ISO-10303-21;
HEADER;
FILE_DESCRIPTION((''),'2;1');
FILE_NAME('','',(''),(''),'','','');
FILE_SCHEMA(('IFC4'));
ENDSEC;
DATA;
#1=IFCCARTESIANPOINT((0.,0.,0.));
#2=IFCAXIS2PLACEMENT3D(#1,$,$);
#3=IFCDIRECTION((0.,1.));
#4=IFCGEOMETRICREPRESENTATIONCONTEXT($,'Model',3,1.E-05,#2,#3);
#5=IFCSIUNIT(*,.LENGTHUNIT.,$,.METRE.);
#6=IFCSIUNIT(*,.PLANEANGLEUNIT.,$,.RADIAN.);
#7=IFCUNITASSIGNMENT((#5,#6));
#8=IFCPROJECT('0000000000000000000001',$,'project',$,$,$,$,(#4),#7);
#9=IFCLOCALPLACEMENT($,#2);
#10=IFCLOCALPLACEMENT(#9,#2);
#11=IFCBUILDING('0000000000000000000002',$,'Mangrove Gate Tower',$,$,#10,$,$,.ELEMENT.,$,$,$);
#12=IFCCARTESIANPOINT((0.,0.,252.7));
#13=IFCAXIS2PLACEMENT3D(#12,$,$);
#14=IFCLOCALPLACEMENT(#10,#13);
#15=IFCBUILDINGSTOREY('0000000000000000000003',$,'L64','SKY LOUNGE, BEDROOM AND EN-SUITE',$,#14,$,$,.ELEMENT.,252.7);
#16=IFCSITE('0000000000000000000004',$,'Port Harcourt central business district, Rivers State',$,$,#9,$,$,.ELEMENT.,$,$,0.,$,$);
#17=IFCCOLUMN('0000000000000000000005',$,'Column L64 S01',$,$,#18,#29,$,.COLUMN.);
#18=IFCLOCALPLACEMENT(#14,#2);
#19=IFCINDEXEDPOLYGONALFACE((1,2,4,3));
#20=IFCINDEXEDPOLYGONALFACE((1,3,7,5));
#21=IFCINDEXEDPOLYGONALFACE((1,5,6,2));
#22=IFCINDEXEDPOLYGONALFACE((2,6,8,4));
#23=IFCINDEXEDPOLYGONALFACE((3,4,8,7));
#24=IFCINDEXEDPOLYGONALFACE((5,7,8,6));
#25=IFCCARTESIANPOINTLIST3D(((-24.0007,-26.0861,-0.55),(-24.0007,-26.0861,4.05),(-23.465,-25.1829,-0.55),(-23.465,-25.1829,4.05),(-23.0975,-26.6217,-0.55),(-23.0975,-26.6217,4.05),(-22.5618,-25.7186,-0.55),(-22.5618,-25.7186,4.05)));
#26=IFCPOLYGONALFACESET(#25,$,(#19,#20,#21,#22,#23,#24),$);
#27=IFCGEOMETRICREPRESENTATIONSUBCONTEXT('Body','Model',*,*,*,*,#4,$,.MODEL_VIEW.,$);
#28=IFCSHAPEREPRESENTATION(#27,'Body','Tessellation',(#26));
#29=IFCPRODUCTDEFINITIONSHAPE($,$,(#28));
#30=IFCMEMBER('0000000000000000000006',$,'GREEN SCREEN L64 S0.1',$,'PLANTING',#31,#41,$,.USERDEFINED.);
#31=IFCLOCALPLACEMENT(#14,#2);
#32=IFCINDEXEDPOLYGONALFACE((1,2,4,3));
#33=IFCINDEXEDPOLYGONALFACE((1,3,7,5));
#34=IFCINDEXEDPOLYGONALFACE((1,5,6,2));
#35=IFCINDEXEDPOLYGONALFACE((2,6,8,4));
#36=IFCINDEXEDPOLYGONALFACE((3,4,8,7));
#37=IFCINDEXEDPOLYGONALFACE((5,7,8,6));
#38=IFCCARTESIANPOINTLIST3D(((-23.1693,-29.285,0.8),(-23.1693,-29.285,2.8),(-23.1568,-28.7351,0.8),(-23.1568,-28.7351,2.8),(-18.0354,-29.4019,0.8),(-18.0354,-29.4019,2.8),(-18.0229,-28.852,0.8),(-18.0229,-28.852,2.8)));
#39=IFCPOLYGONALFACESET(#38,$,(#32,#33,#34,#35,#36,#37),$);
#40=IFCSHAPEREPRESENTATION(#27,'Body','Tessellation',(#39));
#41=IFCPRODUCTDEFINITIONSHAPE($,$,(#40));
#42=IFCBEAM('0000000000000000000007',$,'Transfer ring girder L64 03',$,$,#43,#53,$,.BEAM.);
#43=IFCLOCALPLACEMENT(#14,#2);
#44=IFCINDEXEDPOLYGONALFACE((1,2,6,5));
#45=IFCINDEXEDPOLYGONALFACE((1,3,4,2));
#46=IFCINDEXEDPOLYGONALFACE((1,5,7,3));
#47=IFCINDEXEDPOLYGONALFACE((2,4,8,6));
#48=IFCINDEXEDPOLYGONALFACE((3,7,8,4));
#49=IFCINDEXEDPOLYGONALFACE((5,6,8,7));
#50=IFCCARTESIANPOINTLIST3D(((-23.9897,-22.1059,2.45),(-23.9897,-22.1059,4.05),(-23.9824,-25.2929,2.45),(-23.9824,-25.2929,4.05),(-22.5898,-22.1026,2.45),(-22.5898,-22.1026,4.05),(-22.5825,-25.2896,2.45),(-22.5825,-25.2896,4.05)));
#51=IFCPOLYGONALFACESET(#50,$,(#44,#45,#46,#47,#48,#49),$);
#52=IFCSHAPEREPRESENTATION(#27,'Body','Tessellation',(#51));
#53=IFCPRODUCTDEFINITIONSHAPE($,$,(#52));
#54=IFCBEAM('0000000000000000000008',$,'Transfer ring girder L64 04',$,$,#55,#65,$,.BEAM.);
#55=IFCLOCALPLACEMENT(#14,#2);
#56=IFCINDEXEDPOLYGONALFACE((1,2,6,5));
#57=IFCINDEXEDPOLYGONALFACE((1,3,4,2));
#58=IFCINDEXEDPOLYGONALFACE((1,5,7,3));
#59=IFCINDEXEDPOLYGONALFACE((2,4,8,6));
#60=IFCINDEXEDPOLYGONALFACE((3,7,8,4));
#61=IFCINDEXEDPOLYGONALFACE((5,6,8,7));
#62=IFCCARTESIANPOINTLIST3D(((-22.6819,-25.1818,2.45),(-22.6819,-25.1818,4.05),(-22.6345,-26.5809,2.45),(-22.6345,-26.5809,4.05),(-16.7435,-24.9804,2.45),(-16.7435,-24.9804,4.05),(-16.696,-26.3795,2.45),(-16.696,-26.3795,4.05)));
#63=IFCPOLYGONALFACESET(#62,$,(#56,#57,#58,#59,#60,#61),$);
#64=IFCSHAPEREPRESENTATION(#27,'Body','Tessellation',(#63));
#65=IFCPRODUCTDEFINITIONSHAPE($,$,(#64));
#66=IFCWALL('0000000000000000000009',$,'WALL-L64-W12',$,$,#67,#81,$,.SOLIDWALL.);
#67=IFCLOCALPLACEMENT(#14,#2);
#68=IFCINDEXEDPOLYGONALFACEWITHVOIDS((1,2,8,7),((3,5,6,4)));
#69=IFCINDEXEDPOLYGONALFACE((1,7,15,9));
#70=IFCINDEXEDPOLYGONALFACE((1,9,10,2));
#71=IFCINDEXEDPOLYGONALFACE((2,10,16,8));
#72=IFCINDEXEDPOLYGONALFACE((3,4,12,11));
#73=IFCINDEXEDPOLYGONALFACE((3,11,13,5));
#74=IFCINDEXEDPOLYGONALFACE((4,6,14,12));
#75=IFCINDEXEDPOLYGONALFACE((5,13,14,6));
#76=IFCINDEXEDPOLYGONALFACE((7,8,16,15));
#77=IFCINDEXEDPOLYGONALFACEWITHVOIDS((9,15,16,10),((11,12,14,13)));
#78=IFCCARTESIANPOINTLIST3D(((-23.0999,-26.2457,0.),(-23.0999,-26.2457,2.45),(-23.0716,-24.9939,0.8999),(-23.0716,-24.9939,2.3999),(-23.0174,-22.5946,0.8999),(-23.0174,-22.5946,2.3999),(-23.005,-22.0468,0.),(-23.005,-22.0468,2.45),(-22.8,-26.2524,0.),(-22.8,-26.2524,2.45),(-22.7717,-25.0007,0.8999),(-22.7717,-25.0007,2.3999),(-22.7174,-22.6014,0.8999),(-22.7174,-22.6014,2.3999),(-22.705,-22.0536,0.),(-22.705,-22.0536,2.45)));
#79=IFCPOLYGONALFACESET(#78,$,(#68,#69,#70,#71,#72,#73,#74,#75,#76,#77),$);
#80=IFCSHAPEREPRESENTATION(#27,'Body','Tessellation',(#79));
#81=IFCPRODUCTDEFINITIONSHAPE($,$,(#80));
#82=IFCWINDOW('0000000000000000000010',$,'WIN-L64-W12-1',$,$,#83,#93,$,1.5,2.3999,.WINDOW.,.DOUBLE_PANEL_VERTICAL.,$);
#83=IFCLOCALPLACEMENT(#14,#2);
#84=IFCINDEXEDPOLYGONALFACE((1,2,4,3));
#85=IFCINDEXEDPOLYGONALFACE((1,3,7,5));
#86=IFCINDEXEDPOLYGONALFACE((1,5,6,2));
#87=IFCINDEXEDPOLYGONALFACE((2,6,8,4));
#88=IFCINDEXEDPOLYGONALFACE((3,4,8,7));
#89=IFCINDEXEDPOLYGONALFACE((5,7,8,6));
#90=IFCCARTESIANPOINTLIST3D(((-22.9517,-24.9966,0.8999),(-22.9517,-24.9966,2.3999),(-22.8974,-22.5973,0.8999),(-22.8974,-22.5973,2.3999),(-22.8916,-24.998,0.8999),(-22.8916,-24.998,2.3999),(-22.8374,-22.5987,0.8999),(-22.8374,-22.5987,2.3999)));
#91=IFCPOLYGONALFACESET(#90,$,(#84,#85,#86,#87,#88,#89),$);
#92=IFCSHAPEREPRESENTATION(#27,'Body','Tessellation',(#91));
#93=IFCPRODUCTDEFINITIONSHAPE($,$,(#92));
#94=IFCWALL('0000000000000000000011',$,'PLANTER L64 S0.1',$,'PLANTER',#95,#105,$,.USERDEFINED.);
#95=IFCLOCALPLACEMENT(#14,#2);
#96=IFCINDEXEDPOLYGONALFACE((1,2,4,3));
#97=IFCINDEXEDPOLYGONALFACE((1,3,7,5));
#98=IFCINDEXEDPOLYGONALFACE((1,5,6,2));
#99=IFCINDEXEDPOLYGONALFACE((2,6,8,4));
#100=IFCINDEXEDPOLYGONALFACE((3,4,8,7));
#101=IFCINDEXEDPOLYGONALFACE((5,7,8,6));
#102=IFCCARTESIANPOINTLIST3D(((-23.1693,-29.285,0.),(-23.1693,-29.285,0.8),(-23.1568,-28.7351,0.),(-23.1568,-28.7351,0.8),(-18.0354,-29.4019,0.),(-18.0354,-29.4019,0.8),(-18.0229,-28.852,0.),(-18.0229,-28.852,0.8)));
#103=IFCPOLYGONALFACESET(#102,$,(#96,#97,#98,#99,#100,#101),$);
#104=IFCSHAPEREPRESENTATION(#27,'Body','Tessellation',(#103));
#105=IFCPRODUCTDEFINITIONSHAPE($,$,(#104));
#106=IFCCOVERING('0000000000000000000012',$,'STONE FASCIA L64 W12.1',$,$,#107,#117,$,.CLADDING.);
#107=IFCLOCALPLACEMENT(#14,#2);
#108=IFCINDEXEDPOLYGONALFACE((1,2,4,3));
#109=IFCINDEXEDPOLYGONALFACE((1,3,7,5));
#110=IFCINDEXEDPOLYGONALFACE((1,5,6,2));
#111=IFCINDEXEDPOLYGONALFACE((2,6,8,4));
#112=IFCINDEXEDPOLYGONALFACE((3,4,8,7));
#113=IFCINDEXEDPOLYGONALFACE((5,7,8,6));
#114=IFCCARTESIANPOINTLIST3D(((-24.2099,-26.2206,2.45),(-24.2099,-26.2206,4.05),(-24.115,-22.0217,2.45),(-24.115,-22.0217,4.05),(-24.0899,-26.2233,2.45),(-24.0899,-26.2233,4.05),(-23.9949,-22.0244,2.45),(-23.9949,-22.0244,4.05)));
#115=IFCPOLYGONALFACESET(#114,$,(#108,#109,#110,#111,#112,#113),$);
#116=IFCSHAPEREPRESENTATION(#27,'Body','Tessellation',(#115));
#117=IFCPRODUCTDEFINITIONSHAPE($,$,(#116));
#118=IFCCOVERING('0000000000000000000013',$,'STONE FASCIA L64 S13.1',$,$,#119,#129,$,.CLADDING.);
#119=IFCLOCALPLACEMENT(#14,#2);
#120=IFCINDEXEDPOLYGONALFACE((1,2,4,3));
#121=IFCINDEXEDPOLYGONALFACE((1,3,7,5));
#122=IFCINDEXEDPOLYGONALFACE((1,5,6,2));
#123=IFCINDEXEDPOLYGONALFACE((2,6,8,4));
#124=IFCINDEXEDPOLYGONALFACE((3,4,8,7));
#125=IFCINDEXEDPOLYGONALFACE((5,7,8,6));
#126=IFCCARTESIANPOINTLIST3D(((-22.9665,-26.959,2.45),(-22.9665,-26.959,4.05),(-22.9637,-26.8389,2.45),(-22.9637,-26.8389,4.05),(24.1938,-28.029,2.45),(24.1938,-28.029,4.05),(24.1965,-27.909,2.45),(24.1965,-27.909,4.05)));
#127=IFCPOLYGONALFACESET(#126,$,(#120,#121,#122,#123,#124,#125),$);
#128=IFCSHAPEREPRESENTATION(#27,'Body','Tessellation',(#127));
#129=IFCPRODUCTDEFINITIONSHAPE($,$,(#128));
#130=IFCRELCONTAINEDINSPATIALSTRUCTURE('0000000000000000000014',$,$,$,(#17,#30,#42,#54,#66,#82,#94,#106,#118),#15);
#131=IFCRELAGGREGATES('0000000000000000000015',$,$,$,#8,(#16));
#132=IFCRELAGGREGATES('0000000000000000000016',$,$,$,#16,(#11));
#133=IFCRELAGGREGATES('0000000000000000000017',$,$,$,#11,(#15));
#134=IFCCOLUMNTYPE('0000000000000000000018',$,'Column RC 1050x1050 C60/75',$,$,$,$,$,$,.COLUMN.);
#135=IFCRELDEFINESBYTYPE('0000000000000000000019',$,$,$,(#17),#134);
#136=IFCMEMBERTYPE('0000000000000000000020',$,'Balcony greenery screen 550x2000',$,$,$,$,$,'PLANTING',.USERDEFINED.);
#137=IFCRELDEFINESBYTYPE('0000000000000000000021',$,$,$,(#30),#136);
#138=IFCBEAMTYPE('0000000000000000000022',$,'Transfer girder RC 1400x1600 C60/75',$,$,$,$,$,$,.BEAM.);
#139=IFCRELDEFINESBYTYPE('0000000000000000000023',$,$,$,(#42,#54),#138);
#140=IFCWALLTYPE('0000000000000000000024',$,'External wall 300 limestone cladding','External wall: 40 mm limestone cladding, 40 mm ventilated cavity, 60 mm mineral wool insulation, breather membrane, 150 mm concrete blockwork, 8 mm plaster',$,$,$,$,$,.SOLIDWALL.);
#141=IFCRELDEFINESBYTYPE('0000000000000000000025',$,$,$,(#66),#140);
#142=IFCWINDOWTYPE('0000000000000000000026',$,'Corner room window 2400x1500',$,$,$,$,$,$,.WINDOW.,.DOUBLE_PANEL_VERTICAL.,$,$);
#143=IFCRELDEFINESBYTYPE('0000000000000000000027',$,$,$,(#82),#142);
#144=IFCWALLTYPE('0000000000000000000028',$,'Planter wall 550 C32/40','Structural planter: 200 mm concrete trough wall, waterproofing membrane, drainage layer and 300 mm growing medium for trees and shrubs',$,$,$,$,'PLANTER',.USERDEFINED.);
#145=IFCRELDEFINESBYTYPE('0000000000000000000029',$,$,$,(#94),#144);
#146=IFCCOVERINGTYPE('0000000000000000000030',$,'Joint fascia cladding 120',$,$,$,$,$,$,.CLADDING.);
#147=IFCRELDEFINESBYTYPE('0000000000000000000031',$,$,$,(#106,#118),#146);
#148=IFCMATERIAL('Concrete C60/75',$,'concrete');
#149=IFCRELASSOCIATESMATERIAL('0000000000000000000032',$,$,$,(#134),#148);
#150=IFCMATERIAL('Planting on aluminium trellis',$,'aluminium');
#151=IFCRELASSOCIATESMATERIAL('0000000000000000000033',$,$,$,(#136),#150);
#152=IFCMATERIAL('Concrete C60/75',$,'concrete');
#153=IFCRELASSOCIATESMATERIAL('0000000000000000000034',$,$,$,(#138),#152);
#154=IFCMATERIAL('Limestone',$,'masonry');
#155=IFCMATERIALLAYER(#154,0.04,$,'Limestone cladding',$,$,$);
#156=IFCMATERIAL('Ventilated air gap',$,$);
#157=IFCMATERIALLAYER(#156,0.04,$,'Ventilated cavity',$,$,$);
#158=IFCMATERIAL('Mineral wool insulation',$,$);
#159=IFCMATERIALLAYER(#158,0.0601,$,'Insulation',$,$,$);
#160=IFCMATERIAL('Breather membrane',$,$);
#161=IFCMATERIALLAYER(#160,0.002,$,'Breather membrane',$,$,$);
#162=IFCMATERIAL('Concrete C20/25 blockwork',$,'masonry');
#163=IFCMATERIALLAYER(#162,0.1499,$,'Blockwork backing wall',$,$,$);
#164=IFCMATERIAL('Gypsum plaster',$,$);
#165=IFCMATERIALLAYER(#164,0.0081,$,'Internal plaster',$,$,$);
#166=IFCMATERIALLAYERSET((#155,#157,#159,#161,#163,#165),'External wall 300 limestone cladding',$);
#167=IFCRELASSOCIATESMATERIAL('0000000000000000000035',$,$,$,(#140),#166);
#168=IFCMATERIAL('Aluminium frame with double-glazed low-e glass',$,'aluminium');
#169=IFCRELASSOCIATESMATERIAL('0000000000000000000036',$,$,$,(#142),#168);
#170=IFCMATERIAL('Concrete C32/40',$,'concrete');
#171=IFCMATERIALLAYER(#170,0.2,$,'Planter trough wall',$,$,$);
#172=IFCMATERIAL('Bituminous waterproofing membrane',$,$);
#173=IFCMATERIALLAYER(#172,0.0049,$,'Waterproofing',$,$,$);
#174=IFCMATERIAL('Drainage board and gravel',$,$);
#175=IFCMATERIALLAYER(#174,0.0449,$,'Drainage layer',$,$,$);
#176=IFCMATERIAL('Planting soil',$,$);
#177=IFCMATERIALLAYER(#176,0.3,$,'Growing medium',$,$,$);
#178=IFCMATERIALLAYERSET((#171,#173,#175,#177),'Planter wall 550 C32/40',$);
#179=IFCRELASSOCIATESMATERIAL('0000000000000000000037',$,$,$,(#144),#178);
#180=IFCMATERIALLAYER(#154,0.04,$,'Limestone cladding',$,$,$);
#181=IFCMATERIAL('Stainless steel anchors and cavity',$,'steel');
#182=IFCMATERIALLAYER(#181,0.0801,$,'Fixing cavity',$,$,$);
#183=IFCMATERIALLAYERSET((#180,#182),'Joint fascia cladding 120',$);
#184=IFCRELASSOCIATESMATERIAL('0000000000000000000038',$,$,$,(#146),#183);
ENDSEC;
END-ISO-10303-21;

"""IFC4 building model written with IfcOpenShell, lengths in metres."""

from ifc_helpers import new_model, si_unit, direction, frame, frame_2d, origin, origin_2d, place, context, subcontext, project, spatial, rectangle, extrude, material, layer, layer_set, material_profile, profile_set, type_object, element, fill, save


model = new_model("IFC4")

# Units and contexts
model_context = context("Model", 3, precision=1e-05, world=origin(), true_north=direction((0.0, 1.0)))
body_context = subcontext(model_context, "Body", "Model", "MODEL_VIEW")
ifc_project = project(units=[si_unit("LENGTHUNIT", "METRE"), si_unit("PLANEANGLEUNIT", "RADIAN")], contexts=[model_context])

# Site, building, storey
site_placement = place(None, origin())
site = spatial("IfcSite", under=ifc_project, at=site_placement, Name="Port Harcourt central business district, Rivers State", CompositionType="ELEMENT", RefElevation=0.0)
building_placement = place(site_placement, origin())
building = spatial("IfcBuilding", under=site, at=building_placement, Name="Mangrove Gate Tower", CompositionType="ELEMENT")
storey_placement = place(building_placement, frame((0.0, 0.0, 252.7)))
storey = spatial("IfcBuildingStorey", under=building, at=storey_placement, Name="L64", Description="SKY LOUNGE, BEDROOM AND EN-SUITE", CompositionType="ELEMENT", Elevation=252.7)

# Column
ifc_material_1 = material(Name="Concrete C60/75", Category="concrete")
ifc_material_profile_1 = material_profile(ifc_material_1, rectangle(XDim=1.05, YDim=1.05, at=origin_2d()))
ifc_profile_set_1 = profile_set([ifc_material_profile_1], Name="Concrete C60/75")
column_type = type_object("IfcColumnType", Name="Column RC 1050x1050 C60/75", PredefinedType="COLUMN", material=ifc_profile_set_1)
column_placement = place(storey_placement, frame((-23.2812, -25.9023, -0.55), z_axis=(0.0, 0.0, 1.0), x_axis=(0.860103, -0.510121, 0.0)))
element("IfcColumn", 1, at=column_placement, inside=storey, type_object=column_type, Name="Column L64 S01", PredefinedType="COLUMN", context=body_context, shape_type="SweptSolid", body=[
    extrude(rectangle(XDim=1.05, YDim=1.05, at=origin_2d()), origin(), (0.0, 0.0, 1.0), 4.6001),
])

# Member
ifc_material_2 = material(Name="Planting on aluminium trellis", Category="aluminium")
ifc_material_profile_2 = material_profile(ifc_material_2, rectangle(XDim=0.55, YDim=2.0, at=origin_2d()))
ifc_profile_set_2 = profile_set([ifc_material_profile_2], Name="Planting on aluminium trellis")
member_type = type_object("IfcMemberType", Name="Balcony greenery screen 550x2000", ElementType="PLANTING", PredefinedType="USERDEFINED", material=ifc_profile_set_2)
member_placement = place(storey_placement, frame((-23.1631, -29.01, 1.8), z_axis=(0.999741, -0.022772, 0.0), x_axis=(0.022772, 0.999741, 0.0)))
element("IfcMember", 2, at=member_placement, inside=storey, type_object=member_type, Name="GREEN SCREEN L64 S0.1", ObjectType="PLANTING", PredefinedType="USERDEFINED", context=body_context, shape_type="SweptSolid", body=[
    extrude(rectangle(XDim=0.55, YDim=2.0, at=origin_2d()), origin(), (0.0, 0.0, 1.0), 5.1353),
])

# Beams
ifc_material_3 = material(Name="Concrete C60/75", Category="concrete")
ifc_material_profile_3 = material_profile(ifc_material_3, rectangle(XDim=1.3999, YDim=1.6001, at=origin_2d()))
ifc_profile_set_3 = profile_set([ifc_material_profile_3], Name="Concrete C60/75")
beam_type = type_object("IfcBeamType", Name="Transfer girder RC 1400x1600 C60/75", PredefinedType="BEAM", material=ifc_profile_set_3)
beam_1_placement = place(storey_placement, frame((-23.2898, -22.1042, 3.25), z_axis=(0.002298, -0.999997, 0.0), x_axis=(0.999997, 0.002298, 0.0)))
element("IfcBeam", 3, at=beam_1_placement, inside=storey, type_object=beam_type, Name="Transfer ring girder L64 03", PredefinedType="BEAM", context=body_context, shape_type="SweptSolid", body=[
    extrude(rectangle(XDim=1.3999, YDim=1.6001, at=origin_2d()), origin(), (0.0, 0.0, 1.0), 3.187),
])
beam_2_placement = place(storey_placement, frame((-22.6582, -25.8813, 3.25), z_axis=(0.999425, 0.033898, 0.0), x_axis=(-0.033898, 0.999425, 0.0)))
element("IfcBeam", 4, at=beam_2_placement, inside=storey, type_object=beam_type, Name="Transfer ring girder L64 04", PredefinedType="BEAM", context=body_context, shape_type="SweptSolid", body=[
    extrude(rectangle(XDim=1.3999, YDim=1.6001, at=origin_2d()), origin(), (0.0, 0.0, 1.0), 5.9419),
])

# Wall, opening, window
ifc_material_4 = material(Name="Limestone", Category="masonry")
ifc_layer_1 = layer(ifc_material_4, 0.04, Name="Limestone cladding")
ifc_material_5 = material(Name="Ventilated air gap")
ifc_layer_2 = layer(ifc_material_5, 0.04, Name="Ventilated cavity")
ifc_material_6 = material(Name="Mineral wool insulation")
ifc_layer_3 = layer(ifc_material_6, 0.0601, Name="Insulation")
ifc_material_7 = material(Name="Breather membrane")
ifc_layer_4 = layer(ifc_material_7, 0.002, Name="Breather membrane")
ifc_material_8 = material(Name="Concrete C20/25 blockwork", Category="masonry")
ifc_layer_5 = layer(ifc_material_8, 0.1499, Name="Blockwork backing wall")
ifc_material_9 = material(Name="Gypsum plaster")
ifc_layer_6 = layer(ifc_material_9, 0.0081, Name="Internal plaster")
ifc_layer_set_1 = layer_set([ifc_layer_1, ifc_layer_2, ifc_layer_3, ifc_layer_4, ifc_layer_5, ifc_layer_6], Name="External wall 300 limestone cladding")
wall_type_1 = type_object("IfcWallType", Name="External wall 300 limestone cladding", Description="External wall: 40 mm limestone cladding, 40 mm ventilated cavity, 60 mm mineral wool insulation, breather membrane, 150 mm concrete blockwork, 8 mm plaster", PredefinedType="SOLIDWALL", material=ifc_layer_set_1)
wall_1_placement = place(storey_placement, frame((-22.855, -22.05, 0.0), z_axis=(0.0, 0.0, 1.0), x_axis=(-0.022612, -0.999744, 0.0)))
wall_1 = element("IfcWall", 5, at=wall_1_placement, inside=storey, type_object=wall_type_1, Name="WALL-L64-W12", PredefinedType="SOLIDWALL", context=body_context, shape_type="SweptSolid", body=[
    extrude(rectangle(XDim=4.2, YDim=0.3, at=frame_2d((2.1001, 0.0))), origin(), (0.0, 0.0, 1.0), 2.45),
])
opening_1_placement = place(wall_1_placement, frame((0.5481, 0.0, 0.8999)))
opening_1 = element("IfcOpeningElement", 6, at=opening_1_placement, cuts=wall_1, PredefinedType="OPENING", context=body_context, shape_type="SweptSolid", body=[
    extrude(rectangle(XDim=2.3999, YDim=1.5, at=frame_2d((1.2, 0.75))), frame((0.0, 0.1599, 0.0), z_axis=(0.0, -1.0, 0.0), x_axis=(1.0, 0.0, 0.0)), (0.0, 0.0, 1.0), 0.3201),
])
ifc_material_10 = material(Name="Aluminium frame with double-glazed low-e glass", Category="aluminium")
window_type_1 = type_object("IfcWindowType", Name="Corner room window 2400x1500", PartitioningType="DOUBLE_PANEL_VERTICAL", PredefinedType="WINDOW", material=ifc_material_10)
window_1_placement = place(opening_1_placement, origin())
window_1 = element("IfcWindow", 7, at=window_1_placement, inside=storey, type_object=window_type_1, Name="WIN-L64-W12-1", OverallHeight=1.5, OverallWidth=2.3999, PartitioningType="DOUBLE_PANEL_VERTICAL", PredefinedType="WINDOW", context=body_context, shape_type="SweptSolid", body=[
    extrude(rectangle(XDim=2.3999, YDim=1.5, at=frame_2d((1.2, 0.75))), frame((0.0, 0.03, 0.0), z_axis=(0.0, -1.0, 0.0), x_axis=(1.0, 0.0, 0.0)), (0.0, 0.0, 1.0), 0.0601),
])
fill(opening_1, window_1)

# Wall
ifc_material_11 = material(Name="Concrete C32/40", Category="concrete")
ifc_layer_7 = layer(ifc_material_11, 0.2, Name="Planter trough wall")
ifc_material_12 = material(Name="Bituminous waterproofing membrane")
ifc_layer_8 = layer(ifc_material_12, 0.0049, Name="Waterproofing")
ifc_material_13 = material(Name="Drainage board and gravel")
ifc_layer_9 = layer(ifc_material_13, 0.0449, Name="Drainage layer")
ifc_material_14 = material(Name="Planting soil")
ifc_layer_10 = layer(ifc_material_14, 0.3, Name="Growing medium")
ifc_layer_set_2 = layer_set([ifc_layer_7, ifc_layer_8, ifc_layer_9, ifc_layer_10], Name="Planter wall 550 C32/40")
wall_type_2 = type_object("IfcWallType", Name="Planter wall 550 C32/40", Description="Structural planter: 200 mm concrete trough wall, waterproofing membrane, drainage layer and 300 mm growing medium for trees and shrubs", ElementType="PLANTER", PredefinedType="USERDEFINED", material=ifc_layer_set_2)
wall_2_placement = place(storey_placement, frame((-23.1631, -29.01, 0.0), z_axis=(0.0, 0.0, 1.0), x_axis=(0.999741, -0.022772, 0.0)))
element("IfcWall", 8, at=wall_2_placement, inside=storey, type_object=wall_type_2, Name="PLANTER L64 S0.1", ObjectType="PLANTER", PredefinedType="USERDEFINED", context=body_context, shape_type="SweptSolid", body=[
    extrude(rectangle(XDim=5.1353, YDim=0.55, at=frame_2d((2.5676, 0.0))), origin(), (0.0, 0.0, 1.0), 0.8),
])

# Coverings
ifc_layer_11 = layer(ifc_material_4, 0.04, Name="Limestone cladding")
ifc_material_15 = material(Name="Stainless steel anchors and cavity", Category="steel")
ifc_layer_12 = layer(ifc_material_15, 0.0801, Name="Fixing cavity")
ifc_layer_set_3 = layer_set([ifc_layer_11, ifc_layer_12], Name="Joint fascia cladding 120")
covering_type = type_object("IfcCoveringType", Name="Joint fascia cladding 120", PredefinedType="CLADDING", material=ifc_layer_set_3)
covering_1_placement = place(storey_placement, frame((-24.0549, -22.0229, 2.45), z_axis=(0.0, 0.0, 1.0), x_axis=(-0.022612, -0.999744, 0.0)))
element("IfcCovering", 9, at=covering_1_placement, inside=storey, type_object=covering_type, Name="STONE FASCIA L64 W12.1", PredefinedType="CLADDING", context=body_context, shape_type="SweptSolid", body=[
    extrude(rectangle(XDim=4.2, YDim=0.1201, at=frame_2d((2.1001, 0.0))), origin(), (0.0, 0.0, 1.0), 1.6001),
])
covering_2_placement = place(storey_placement, frame((-22.9651, -26.8989, 2.45), z_axis=(0.0, 0.0, 1.0), x_axis=(0.999743, -0.022684, 0.0)))
element("IfcCovering", 10, at=covering_2_placement, inside=storey, type_object=covering_type, Name="STONE FASCIA L64 S13.1", PredefinedType="CLADDING", context=body_context, shape_type="SweptSolid", body=[
    extrude(rectangle(XDim=47.1724, YDim=0.1201, at=frame_2d((23.5862, 0.0))), origin(), (0.0, 0.0, 1.0), 1.6001),
])

save(model, "model.ifc")
